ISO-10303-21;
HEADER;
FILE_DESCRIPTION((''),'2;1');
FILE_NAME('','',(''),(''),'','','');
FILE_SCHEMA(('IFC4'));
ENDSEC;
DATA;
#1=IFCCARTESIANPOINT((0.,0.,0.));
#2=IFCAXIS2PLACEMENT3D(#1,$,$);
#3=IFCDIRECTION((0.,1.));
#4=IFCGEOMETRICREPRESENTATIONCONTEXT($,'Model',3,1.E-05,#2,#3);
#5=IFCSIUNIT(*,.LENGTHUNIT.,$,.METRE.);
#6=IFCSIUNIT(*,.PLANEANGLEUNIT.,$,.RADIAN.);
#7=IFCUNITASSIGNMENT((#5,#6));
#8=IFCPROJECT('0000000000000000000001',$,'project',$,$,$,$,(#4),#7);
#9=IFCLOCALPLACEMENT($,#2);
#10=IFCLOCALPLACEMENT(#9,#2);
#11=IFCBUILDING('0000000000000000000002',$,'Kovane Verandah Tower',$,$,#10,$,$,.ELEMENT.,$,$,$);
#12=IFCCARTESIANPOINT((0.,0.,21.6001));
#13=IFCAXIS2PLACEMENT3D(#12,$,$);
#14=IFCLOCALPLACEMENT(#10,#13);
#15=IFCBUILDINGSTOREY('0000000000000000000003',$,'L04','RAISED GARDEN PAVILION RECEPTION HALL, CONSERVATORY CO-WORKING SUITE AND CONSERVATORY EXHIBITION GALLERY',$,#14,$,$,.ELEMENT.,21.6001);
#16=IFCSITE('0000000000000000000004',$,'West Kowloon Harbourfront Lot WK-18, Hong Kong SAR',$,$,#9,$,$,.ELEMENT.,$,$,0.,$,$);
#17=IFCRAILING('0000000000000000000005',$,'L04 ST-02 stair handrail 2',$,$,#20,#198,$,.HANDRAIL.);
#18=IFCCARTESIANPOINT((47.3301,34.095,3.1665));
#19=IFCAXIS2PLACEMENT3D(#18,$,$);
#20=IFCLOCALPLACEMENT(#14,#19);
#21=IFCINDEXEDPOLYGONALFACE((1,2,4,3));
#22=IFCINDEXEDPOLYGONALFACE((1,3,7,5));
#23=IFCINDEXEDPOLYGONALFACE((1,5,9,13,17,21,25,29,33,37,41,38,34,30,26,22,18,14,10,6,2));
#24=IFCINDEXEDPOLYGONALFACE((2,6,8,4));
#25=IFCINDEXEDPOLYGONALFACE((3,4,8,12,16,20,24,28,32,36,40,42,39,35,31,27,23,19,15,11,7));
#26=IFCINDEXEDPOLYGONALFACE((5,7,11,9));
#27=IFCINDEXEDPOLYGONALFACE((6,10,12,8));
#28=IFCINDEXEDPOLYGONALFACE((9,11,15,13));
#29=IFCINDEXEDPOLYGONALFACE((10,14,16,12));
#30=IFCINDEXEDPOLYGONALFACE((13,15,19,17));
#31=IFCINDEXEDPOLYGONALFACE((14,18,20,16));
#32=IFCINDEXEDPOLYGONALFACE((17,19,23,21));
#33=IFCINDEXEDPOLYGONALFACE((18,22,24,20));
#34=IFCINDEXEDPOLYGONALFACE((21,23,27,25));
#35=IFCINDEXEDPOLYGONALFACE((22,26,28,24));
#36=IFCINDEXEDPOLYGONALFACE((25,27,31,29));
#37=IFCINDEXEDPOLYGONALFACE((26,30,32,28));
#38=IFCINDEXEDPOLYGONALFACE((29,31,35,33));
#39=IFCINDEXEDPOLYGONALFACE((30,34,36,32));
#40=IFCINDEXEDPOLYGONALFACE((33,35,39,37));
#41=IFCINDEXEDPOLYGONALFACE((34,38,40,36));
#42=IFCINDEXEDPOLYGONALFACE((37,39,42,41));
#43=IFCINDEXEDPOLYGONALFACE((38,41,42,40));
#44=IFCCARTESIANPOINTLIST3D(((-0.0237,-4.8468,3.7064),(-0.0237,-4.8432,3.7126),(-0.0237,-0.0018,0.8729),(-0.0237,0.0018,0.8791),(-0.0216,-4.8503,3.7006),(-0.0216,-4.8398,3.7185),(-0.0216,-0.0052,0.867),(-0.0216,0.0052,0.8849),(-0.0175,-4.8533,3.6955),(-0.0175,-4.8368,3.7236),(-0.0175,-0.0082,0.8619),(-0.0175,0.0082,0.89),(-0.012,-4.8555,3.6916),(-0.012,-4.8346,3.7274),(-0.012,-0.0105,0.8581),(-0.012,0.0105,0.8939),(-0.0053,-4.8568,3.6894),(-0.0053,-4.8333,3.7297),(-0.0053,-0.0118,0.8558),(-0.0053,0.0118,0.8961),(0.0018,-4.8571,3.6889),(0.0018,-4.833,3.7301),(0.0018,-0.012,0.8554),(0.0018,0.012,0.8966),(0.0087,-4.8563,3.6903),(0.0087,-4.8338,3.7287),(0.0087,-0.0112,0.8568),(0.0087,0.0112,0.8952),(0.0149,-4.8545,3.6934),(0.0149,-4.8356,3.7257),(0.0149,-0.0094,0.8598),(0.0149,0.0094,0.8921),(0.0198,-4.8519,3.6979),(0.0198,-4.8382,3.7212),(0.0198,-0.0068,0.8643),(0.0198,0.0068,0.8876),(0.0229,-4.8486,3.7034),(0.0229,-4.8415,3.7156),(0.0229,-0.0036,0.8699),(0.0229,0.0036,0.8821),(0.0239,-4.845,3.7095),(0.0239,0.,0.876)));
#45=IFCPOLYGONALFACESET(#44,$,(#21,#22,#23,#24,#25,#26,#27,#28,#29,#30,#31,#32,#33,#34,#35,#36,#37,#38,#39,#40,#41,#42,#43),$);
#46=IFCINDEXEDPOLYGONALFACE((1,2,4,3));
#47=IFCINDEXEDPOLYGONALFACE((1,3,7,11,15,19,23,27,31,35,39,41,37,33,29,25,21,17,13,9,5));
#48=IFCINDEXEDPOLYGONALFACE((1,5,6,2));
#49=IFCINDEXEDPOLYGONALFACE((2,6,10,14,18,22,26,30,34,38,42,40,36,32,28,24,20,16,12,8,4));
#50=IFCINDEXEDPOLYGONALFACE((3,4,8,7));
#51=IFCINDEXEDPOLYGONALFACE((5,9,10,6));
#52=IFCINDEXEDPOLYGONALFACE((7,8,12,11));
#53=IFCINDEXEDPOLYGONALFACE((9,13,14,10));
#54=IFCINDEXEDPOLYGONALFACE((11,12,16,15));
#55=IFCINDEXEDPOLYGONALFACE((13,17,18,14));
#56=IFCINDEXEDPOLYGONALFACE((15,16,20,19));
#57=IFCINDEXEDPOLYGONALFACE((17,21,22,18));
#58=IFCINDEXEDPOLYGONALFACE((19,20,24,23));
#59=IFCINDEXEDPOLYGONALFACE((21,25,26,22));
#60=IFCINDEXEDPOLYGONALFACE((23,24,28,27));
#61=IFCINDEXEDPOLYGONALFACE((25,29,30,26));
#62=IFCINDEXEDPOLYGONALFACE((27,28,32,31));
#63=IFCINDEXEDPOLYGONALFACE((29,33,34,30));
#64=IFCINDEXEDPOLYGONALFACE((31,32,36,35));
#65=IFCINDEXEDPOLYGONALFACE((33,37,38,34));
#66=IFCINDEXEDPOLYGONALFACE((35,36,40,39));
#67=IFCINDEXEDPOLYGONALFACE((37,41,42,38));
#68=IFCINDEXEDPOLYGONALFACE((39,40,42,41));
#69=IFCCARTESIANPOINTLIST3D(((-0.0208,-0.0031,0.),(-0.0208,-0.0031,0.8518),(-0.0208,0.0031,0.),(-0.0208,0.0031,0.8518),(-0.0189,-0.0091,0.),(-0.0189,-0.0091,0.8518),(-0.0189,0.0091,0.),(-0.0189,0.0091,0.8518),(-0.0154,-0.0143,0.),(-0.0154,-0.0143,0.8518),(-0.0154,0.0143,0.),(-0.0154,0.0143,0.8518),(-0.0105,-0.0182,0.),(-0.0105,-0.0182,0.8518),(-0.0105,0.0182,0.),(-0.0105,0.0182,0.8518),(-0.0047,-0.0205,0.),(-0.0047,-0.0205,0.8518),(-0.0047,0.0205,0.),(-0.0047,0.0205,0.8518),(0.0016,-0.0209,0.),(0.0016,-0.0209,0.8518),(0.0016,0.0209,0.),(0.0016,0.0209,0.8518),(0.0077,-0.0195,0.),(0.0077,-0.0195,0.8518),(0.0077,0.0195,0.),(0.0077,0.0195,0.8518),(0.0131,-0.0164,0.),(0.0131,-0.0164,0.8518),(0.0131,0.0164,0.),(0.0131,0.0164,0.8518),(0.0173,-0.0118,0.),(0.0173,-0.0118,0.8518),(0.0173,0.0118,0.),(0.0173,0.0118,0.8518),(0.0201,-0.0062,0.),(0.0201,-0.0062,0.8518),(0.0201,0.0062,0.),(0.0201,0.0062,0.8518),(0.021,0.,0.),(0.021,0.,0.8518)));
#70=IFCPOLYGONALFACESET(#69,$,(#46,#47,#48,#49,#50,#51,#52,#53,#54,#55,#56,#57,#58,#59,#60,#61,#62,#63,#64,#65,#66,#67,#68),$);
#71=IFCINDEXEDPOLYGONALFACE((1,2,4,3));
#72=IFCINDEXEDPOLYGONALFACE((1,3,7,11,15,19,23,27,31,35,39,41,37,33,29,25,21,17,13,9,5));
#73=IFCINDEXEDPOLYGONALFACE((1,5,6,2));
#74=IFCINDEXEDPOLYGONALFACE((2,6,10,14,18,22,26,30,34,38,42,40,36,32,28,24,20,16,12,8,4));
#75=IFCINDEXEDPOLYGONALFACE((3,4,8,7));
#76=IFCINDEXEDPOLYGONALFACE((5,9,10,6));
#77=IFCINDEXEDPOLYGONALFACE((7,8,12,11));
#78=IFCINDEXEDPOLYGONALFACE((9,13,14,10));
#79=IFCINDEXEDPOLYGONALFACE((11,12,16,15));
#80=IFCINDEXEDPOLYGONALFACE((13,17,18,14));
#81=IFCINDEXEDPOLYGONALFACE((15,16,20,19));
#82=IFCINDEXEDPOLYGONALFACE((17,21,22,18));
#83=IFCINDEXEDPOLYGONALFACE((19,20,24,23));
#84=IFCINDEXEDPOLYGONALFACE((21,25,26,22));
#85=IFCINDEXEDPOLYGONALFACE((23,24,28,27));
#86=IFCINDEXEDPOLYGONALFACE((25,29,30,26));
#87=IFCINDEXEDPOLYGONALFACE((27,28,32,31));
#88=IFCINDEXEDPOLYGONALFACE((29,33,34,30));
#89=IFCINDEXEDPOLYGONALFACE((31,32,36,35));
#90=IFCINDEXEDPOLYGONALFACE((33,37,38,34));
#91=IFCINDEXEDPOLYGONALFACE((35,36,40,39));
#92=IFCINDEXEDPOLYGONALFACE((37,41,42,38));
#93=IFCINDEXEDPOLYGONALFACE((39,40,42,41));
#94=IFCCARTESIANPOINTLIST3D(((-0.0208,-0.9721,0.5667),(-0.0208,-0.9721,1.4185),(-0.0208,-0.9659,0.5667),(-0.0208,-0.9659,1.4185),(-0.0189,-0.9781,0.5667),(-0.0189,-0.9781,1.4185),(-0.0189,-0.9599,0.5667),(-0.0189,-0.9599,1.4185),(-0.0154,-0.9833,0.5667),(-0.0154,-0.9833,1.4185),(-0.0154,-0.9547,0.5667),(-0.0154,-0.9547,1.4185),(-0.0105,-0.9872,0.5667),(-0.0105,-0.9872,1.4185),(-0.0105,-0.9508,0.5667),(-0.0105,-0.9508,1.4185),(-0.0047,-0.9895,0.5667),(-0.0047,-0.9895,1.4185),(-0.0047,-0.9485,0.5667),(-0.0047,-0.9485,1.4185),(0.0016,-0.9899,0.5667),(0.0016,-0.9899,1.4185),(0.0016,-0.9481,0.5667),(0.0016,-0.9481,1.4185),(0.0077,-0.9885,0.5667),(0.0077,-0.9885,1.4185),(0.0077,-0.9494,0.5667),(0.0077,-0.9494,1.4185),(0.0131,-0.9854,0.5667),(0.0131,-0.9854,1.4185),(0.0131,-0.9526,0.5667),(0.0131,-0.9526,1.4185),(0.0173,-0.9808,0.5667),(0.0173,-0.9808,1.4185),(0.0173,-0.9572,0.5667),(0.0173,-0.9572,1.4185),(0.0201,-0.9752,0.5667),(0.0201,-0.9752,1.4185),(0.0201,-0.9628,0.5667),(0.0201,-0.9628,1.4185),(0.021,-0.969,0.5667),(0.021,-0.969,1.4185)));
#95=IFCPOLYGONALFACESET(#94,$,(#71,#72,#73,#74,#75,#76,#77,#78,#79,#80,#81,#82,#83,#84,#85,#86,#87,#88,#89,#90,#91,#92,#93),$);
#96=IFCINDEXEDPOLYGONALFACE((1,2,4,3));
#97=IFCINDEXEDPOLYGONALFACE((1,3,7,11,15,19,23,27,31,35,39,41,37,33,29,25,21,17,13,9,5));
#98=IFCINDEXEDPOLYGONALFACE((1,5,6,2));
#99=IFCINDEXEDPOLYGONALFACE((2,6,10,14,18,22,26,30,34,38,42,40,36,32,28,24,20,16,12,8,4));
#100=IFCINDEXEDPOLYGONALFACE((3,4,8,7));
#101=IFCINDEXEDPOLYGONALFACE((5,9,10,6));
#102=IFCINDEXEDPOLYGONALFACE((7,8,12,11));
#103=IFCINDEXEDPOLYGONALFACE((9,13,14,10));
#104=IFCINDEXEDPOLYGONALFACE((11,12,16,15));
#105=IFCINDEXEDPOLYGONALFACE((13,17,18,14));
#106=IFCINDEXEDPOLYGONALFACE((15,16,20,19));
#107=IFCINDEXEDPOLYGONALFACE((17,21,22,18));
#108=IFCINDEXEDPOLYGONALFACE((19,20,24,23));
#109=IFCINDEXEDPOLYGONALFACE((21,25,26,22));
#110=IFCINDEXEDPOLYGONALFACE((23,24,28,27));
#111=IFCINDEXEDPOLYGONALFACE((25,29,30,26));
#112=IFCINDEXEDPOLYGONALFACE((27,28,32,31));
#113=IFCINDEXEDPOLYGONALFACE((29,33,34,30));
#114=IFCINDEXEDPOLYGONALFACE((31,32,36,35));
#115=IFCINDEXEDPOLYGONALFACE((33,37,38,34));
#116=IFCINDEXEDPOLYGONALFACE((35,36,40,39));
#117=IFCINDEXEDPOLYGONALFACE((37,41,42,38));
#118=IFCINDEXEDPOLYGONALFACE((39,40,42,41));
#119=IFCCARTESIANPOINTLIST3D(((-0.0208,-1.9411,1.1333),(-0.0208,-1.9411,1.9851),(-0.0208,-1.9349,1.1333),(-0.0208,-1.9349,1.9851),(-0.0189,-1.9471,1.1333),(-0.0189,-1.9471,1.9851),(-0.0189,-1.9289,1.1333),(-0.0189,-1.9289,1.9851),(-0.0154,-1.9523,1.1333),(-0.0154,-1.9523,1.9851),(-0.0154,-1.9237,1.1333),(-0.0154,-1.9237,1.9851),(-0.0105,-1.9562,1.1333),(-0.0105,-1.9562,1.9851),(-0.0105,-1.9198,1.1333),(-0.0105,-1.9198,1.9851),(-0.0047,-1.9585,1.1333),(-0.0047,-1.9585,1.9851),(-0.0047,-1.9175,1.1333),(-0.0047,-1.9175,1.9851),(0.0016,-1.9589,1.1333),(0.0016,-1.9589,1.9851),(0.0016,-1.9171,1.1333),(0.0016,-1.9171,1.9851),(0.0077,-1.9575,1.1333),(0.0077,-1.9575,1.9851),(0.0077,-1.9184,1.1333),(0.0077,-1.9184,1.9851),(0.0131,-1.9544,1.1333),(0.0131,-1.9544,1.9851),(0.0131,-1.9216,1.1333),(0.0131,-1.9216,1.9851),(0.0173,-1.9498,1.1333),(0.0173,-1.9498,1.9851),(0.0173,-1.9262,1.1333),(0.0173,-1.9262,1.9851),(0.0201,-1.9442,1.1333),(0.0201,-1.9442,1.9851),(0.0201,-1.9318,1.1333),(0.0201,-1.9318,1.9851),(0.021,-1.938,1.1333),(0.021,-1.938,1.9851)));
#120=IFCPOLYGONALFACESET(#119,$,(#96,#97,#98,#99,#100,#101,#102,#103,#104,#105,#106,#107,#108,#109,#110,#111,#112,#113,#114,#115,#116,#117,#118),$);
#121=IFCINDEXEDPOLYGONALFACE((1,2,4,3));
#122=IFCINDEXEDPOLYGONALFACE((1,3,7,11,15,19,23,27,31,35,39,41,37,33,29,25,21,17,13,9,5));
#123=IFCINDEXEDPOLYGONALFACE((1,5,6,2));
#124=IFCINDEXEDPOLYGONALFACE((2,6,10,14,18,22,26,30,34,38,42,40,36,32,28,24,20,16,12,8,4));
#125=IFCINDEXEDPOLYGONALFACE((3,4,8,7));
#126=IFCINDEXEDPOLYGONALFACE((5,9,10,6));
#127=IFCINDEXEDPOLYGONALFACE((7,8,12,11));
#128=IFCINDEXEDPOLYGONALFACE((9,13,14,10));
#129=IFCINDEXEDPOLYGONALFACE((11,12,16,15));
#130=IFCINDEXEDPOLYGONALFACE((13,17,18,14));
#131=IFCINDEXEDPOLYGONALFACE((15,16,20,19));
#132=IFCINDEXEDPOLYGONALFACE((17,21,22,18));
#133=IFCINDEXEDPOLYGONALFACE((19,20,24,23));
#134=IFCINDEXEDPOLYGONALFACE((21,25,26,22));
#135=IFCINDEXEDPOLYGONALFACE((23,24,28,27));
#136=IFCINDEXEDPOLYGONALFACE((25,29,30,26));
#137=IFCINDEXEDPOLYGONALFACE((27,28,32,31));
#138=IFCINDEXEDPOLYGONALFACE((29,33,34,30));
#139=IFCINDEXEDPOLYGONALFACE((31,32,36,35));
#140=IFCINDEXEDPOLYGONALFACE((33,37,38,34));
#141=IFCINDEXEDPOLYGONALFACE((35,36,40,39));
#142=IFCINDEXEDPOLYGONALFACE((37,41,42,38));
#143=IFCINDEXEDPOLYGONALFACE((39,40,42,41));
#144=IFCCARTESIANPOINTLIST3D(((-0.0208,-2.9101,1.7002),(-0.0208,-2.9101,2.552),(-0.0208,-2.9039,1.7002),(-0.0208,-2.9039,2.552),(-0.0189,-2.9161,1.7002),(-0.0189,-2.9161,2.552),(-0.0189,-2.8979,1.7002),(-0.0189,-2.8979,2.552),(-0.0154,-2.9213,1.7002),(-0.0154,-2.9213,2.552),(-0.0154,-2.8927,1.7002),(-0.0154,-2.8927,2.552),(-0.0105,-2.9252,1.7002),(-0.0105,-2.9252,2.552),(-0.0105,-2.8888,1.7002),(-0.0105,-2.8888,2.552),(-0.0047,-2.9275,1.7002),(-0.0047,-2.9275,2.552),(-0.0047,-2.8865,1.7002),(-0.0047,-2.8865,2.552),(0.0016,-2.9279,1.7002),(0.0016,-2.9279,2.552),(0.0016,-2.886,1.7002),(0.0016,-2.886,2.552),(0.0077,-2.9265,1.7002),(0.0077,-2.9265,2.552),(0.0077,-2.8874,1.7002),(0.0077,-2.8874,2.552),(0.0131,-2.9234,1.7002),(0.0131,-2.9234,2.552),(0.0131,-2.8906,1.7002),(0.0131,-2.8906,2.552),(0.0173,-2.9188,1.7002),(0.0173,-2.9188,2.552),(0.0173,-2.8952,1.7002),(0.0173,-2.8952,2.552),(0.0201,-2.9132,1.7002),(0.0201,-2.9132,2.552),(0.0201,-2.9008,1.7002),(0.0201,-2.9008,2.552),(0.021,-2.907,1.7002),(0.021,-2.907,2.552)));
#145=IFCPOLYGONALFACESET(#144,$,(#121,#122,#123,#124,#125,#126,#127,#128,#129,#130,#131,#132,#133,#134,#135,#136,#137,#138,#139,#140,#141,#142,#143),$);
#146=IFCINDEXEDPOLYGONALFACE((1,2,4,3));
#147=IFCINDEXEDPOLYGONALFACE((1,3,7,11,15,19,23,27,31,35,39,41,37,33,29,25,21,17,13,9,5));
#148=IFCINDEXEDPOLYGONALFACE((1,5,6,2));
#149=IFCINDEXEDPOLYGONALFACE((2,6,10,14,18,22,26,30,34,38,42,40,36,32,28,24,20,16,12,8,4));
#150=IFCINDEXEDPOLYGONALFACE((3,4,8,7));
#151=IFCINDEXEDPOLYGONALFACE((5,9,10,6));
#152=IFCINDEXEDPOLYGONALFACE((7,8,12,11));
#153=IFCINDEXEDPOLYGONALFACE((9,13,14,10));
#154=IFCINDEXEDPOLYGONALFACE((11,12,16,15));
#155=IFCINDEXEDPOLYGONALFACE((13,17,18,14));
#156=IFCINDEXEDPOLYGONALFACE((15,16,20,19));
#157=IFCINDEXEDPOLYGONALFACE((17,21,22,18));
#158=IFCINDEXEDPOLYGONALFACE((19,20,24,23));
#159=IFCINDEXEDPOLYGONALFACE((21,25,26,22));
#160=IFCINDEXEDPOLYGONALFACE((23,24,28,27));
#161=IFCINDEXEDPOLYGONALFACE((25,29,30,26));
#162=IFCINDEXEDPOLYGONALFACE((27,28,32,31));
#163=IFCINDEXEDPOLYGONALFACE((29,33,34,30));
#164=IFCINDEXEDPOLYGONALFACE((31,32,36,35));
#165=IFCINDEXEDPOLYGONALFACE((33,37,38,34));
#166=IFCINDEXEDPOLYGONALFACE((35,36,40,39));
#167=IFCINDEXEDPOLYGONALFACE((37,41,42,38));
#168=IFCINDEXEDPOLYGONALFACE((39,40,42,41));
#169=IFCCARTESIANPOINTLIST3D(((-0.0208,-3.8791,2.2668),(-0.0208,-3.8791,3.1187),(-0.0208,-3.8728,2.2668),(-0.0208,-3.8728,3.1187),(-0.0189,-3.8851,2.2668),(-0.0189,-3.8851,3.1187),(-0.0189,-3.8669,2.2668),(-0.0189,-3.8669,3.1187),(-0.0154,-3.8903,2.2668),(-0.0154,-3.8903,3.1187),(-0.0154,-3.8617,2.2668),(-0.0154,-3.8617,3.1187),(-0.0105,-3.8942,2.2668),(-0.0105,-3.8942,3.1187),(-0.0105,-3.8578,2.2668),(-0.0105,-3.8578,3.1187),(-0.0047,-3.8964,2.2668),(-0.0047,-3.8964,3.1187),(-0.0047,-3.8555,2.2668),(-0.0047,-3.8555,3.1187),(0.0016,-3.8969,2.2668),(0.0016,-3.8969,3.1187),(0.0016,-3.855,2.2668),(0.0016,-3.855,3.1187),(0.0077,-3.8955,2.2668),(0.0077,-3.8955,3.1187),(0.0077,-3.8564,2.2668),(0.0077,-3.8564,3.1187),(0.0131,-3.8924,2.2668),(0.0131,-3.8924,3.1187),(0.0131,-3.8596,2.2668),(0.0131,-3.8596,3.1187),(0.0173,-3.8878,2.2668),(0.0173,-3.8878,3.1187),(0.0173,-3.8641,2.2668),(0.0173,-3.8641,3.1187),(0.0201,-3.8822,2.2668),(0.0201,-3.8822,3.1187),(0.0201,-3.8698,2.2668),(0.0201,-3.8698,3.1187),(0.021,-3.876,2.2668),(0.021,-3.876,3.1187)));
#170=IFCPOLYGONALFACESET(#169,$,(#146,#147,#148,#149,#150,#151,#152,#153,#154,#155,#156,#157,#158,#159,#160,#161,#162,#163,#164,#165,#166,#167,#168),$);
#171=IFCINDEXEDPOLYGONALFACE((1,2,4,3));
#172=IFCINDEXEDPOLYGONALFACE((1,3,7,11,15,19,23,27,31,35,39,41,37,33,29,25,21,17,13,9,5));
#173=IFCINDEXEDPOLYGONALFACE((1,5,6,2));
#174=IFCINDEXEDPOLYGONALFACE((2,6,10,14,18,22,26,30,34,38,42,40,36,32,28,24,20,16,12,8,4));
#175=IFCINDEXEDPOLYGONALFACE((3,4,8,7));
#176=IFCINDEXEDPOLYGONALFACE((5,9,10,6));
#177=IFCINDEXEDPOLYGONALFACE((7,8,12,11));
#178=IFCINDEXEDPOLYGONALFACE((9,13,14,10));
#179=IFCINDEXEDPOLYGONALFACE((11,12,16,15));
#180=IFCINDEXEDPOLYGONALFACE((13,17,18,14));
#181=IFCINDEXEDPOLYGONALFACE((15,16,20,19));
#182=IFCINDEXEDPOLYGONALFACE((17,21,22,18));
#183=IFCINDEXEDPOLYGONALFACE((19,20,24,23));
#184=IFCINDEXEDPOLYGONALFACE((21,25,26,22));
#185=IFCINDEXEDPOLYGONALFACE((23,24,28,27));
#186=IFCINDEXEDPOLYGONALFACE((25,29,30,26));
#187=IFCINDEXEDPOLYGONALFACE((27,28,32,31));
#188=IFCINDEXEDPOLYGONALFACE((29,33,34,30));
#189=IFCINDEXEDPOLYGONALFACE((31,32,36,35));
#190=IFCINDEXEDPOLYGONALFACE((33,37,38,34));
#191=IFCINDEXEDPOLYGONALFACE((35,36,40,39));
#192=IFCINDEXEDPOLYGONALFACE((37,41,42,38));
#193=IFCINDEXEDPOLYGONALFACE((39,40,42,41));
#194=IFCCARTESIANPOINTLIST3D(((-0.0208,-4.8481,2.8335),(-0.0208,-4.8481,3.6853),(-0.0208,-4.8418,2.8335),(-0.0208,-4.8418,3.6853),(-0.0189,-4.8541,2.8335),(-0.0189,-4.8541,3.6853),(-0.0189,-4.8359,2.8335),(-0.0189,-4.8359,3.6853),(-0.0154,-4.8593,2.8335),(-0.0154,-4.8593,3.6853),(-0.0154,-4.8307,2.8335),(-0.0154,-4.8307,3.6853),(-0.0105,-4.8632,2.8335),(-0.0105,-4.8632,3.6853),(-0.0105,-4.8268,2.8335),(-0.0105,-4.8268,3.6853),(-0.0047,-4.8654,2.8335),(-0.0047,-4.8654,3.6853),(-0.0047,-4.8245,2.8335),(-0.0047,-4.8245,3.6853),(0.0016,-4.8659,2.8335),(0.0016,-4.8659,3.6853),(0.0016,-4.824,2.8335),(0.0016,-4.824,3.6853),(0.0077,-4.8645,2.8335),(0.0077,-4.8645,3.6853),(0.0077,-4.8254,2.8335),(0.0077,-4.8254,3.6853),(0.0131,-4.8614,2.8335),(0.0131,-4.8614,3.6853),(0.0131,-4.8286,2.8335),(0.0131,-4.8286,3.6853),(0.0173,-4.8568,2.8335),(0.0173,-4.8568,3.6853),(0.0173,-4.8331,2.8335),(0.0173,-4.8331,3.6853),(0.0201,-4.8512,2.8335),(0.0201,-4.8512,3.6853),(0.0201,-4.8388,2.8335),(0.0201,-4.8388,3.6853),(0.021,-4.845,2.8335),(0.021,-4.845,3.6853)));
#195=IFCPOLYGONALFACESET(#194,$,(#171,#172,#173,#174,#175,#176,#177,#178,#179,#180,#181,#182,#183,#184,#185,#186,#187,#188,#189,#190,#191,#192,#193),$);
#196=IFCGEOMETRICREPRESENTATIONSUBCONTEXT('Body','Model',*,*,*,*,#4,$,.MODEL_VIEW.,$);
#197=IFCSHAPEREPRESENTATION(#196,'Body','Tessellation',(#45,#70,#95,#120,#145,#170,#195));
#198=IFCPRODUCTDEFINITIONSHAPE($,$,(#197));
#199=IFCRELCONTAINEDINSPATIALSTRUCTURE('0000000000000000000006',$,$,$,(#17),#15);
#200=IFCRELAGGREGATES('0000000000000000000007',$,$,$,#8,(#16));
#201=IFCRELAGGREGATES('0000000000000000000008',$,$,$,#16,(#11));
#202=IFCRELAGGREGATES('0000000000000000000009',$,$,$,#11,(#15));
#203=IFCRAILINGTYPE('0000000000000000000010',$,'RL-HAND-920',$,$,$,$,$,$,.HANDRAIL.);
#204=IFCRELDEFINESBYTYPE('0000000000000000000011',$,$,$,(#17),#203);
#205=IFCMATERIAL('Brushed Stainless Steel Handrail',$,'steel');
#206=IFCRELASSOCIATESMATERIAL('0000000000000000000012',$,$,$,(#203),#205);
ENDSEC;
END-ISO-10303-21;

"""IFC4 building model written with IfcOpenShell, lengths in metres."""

from ifc_helpers import new_model, si_unit, direction, frame, origin, origin_2d, place, context, subcontext, project, spatial, circle, extrude, material, type_object, element, save


model = new_model("IFC4")

# Units and contexts
model_context = context("Model", 3, precision=1e-05, world=origin(), true_north=direction((0.0, 1.0)))
body_context = subcontext(model_context, "Body", "Model", "MODEL_VIEW")
ifc_project = project(units=[si_unit("LENGTHUNIT", "METRE"), si_unit("PLANEANGLEUNIT", "RADIAN")], contexts=[model_context])

# Site, building, storey
site_placement = place(None, origin())
site = spatial("IfcSite", under=ifc_project, at=site_placement, Name="West Kowloon Harbourfront Lot WK-18, Hong Kong SAR", CompositionType="ELEMENT", RefElevation=0.0)
building_placement = place(site_placement, origin())
building = spatial("IfcBuilding", under=site, at=building_placement, Name="Kovane Verandah Tower", CompositionType="ELEMENT")
storey_placement = place(building_placement, frame((0.0, 0.0, 21.6001)))
storey = spatial("IfcBuildingStorey", under=building, at=storey_placement, Name="L04", Description="RAISED GARDEN PAVILION RECEPTION HALL, CONSERVATORY CO-WORKING SUITE AND CONSERVATORY EXHIBITION GALLERY", CompositionType="ELEMENT", Elevation=21.6001)

# Railing
ifc_material_1 = material(Name="Brushed Stainless Steel Handrail", Category="steel")
railing_type_1 = type_object("IfcRailingType", Name="RL-HAND-920", PredefinedType="HANDRAIL", material=ifc_material_1)
railing_1_placement = place(storey_placement, frame((47.3301, 34.095, 3.1665)))
element("IfcRailing", 1, at=railing_1_placement, inside=storey, type_object=railing_type_1, Name="L04 ST-02 stair handrail 2", PredefinedType="HANDRAIL", context=body_context, shape_type="SweptSolid", body=[
    extrude(circle(Radius=0.0239, at=origin_2d()), frame((0.0, 0.0, 0.876), z_axis=(0.0, -0.863215, 0.504836), x_axis=(1.0, 0.0, 0.0)), (0.0, 0.0, 1.0), 5.6128),
    extrude(circle(Radius=0.021, at=origin_2d()), origin(), (0.0, 0.0, 1.0), 0.8518),
    extrude(circle(Radius=0.021, at=origin_2d()), frame((0.0, -0.969, 0.5667)), (0.0, 0.0, 1.0), 0.8518),
    extrude(circle(Radius=0.021, at=origin_2d()), frame((0.0, -1.938, 1.1333)), (0.0, 0.0, 1.0), 0.8518),
    extrude(circle(Radius=0.021, at=origin_2d()), frame((0.0, -2.907, 1.7002)), (0.0, 0.0, 1.0), 0.8518),
    extrude(circle(Radius=0.021, at=origin_2d()), frame((0.0, -3.876, 2.2668)), (0.0, 0.0, 1.0), 0.8518),
    extrude(circle(Radius=0.021, at=origin_2d()), frame((0.0, -4.845, 2.8335)), (0.0, 0.0, 1.0), 0.8518),
])

save(model, "model.ifc")
